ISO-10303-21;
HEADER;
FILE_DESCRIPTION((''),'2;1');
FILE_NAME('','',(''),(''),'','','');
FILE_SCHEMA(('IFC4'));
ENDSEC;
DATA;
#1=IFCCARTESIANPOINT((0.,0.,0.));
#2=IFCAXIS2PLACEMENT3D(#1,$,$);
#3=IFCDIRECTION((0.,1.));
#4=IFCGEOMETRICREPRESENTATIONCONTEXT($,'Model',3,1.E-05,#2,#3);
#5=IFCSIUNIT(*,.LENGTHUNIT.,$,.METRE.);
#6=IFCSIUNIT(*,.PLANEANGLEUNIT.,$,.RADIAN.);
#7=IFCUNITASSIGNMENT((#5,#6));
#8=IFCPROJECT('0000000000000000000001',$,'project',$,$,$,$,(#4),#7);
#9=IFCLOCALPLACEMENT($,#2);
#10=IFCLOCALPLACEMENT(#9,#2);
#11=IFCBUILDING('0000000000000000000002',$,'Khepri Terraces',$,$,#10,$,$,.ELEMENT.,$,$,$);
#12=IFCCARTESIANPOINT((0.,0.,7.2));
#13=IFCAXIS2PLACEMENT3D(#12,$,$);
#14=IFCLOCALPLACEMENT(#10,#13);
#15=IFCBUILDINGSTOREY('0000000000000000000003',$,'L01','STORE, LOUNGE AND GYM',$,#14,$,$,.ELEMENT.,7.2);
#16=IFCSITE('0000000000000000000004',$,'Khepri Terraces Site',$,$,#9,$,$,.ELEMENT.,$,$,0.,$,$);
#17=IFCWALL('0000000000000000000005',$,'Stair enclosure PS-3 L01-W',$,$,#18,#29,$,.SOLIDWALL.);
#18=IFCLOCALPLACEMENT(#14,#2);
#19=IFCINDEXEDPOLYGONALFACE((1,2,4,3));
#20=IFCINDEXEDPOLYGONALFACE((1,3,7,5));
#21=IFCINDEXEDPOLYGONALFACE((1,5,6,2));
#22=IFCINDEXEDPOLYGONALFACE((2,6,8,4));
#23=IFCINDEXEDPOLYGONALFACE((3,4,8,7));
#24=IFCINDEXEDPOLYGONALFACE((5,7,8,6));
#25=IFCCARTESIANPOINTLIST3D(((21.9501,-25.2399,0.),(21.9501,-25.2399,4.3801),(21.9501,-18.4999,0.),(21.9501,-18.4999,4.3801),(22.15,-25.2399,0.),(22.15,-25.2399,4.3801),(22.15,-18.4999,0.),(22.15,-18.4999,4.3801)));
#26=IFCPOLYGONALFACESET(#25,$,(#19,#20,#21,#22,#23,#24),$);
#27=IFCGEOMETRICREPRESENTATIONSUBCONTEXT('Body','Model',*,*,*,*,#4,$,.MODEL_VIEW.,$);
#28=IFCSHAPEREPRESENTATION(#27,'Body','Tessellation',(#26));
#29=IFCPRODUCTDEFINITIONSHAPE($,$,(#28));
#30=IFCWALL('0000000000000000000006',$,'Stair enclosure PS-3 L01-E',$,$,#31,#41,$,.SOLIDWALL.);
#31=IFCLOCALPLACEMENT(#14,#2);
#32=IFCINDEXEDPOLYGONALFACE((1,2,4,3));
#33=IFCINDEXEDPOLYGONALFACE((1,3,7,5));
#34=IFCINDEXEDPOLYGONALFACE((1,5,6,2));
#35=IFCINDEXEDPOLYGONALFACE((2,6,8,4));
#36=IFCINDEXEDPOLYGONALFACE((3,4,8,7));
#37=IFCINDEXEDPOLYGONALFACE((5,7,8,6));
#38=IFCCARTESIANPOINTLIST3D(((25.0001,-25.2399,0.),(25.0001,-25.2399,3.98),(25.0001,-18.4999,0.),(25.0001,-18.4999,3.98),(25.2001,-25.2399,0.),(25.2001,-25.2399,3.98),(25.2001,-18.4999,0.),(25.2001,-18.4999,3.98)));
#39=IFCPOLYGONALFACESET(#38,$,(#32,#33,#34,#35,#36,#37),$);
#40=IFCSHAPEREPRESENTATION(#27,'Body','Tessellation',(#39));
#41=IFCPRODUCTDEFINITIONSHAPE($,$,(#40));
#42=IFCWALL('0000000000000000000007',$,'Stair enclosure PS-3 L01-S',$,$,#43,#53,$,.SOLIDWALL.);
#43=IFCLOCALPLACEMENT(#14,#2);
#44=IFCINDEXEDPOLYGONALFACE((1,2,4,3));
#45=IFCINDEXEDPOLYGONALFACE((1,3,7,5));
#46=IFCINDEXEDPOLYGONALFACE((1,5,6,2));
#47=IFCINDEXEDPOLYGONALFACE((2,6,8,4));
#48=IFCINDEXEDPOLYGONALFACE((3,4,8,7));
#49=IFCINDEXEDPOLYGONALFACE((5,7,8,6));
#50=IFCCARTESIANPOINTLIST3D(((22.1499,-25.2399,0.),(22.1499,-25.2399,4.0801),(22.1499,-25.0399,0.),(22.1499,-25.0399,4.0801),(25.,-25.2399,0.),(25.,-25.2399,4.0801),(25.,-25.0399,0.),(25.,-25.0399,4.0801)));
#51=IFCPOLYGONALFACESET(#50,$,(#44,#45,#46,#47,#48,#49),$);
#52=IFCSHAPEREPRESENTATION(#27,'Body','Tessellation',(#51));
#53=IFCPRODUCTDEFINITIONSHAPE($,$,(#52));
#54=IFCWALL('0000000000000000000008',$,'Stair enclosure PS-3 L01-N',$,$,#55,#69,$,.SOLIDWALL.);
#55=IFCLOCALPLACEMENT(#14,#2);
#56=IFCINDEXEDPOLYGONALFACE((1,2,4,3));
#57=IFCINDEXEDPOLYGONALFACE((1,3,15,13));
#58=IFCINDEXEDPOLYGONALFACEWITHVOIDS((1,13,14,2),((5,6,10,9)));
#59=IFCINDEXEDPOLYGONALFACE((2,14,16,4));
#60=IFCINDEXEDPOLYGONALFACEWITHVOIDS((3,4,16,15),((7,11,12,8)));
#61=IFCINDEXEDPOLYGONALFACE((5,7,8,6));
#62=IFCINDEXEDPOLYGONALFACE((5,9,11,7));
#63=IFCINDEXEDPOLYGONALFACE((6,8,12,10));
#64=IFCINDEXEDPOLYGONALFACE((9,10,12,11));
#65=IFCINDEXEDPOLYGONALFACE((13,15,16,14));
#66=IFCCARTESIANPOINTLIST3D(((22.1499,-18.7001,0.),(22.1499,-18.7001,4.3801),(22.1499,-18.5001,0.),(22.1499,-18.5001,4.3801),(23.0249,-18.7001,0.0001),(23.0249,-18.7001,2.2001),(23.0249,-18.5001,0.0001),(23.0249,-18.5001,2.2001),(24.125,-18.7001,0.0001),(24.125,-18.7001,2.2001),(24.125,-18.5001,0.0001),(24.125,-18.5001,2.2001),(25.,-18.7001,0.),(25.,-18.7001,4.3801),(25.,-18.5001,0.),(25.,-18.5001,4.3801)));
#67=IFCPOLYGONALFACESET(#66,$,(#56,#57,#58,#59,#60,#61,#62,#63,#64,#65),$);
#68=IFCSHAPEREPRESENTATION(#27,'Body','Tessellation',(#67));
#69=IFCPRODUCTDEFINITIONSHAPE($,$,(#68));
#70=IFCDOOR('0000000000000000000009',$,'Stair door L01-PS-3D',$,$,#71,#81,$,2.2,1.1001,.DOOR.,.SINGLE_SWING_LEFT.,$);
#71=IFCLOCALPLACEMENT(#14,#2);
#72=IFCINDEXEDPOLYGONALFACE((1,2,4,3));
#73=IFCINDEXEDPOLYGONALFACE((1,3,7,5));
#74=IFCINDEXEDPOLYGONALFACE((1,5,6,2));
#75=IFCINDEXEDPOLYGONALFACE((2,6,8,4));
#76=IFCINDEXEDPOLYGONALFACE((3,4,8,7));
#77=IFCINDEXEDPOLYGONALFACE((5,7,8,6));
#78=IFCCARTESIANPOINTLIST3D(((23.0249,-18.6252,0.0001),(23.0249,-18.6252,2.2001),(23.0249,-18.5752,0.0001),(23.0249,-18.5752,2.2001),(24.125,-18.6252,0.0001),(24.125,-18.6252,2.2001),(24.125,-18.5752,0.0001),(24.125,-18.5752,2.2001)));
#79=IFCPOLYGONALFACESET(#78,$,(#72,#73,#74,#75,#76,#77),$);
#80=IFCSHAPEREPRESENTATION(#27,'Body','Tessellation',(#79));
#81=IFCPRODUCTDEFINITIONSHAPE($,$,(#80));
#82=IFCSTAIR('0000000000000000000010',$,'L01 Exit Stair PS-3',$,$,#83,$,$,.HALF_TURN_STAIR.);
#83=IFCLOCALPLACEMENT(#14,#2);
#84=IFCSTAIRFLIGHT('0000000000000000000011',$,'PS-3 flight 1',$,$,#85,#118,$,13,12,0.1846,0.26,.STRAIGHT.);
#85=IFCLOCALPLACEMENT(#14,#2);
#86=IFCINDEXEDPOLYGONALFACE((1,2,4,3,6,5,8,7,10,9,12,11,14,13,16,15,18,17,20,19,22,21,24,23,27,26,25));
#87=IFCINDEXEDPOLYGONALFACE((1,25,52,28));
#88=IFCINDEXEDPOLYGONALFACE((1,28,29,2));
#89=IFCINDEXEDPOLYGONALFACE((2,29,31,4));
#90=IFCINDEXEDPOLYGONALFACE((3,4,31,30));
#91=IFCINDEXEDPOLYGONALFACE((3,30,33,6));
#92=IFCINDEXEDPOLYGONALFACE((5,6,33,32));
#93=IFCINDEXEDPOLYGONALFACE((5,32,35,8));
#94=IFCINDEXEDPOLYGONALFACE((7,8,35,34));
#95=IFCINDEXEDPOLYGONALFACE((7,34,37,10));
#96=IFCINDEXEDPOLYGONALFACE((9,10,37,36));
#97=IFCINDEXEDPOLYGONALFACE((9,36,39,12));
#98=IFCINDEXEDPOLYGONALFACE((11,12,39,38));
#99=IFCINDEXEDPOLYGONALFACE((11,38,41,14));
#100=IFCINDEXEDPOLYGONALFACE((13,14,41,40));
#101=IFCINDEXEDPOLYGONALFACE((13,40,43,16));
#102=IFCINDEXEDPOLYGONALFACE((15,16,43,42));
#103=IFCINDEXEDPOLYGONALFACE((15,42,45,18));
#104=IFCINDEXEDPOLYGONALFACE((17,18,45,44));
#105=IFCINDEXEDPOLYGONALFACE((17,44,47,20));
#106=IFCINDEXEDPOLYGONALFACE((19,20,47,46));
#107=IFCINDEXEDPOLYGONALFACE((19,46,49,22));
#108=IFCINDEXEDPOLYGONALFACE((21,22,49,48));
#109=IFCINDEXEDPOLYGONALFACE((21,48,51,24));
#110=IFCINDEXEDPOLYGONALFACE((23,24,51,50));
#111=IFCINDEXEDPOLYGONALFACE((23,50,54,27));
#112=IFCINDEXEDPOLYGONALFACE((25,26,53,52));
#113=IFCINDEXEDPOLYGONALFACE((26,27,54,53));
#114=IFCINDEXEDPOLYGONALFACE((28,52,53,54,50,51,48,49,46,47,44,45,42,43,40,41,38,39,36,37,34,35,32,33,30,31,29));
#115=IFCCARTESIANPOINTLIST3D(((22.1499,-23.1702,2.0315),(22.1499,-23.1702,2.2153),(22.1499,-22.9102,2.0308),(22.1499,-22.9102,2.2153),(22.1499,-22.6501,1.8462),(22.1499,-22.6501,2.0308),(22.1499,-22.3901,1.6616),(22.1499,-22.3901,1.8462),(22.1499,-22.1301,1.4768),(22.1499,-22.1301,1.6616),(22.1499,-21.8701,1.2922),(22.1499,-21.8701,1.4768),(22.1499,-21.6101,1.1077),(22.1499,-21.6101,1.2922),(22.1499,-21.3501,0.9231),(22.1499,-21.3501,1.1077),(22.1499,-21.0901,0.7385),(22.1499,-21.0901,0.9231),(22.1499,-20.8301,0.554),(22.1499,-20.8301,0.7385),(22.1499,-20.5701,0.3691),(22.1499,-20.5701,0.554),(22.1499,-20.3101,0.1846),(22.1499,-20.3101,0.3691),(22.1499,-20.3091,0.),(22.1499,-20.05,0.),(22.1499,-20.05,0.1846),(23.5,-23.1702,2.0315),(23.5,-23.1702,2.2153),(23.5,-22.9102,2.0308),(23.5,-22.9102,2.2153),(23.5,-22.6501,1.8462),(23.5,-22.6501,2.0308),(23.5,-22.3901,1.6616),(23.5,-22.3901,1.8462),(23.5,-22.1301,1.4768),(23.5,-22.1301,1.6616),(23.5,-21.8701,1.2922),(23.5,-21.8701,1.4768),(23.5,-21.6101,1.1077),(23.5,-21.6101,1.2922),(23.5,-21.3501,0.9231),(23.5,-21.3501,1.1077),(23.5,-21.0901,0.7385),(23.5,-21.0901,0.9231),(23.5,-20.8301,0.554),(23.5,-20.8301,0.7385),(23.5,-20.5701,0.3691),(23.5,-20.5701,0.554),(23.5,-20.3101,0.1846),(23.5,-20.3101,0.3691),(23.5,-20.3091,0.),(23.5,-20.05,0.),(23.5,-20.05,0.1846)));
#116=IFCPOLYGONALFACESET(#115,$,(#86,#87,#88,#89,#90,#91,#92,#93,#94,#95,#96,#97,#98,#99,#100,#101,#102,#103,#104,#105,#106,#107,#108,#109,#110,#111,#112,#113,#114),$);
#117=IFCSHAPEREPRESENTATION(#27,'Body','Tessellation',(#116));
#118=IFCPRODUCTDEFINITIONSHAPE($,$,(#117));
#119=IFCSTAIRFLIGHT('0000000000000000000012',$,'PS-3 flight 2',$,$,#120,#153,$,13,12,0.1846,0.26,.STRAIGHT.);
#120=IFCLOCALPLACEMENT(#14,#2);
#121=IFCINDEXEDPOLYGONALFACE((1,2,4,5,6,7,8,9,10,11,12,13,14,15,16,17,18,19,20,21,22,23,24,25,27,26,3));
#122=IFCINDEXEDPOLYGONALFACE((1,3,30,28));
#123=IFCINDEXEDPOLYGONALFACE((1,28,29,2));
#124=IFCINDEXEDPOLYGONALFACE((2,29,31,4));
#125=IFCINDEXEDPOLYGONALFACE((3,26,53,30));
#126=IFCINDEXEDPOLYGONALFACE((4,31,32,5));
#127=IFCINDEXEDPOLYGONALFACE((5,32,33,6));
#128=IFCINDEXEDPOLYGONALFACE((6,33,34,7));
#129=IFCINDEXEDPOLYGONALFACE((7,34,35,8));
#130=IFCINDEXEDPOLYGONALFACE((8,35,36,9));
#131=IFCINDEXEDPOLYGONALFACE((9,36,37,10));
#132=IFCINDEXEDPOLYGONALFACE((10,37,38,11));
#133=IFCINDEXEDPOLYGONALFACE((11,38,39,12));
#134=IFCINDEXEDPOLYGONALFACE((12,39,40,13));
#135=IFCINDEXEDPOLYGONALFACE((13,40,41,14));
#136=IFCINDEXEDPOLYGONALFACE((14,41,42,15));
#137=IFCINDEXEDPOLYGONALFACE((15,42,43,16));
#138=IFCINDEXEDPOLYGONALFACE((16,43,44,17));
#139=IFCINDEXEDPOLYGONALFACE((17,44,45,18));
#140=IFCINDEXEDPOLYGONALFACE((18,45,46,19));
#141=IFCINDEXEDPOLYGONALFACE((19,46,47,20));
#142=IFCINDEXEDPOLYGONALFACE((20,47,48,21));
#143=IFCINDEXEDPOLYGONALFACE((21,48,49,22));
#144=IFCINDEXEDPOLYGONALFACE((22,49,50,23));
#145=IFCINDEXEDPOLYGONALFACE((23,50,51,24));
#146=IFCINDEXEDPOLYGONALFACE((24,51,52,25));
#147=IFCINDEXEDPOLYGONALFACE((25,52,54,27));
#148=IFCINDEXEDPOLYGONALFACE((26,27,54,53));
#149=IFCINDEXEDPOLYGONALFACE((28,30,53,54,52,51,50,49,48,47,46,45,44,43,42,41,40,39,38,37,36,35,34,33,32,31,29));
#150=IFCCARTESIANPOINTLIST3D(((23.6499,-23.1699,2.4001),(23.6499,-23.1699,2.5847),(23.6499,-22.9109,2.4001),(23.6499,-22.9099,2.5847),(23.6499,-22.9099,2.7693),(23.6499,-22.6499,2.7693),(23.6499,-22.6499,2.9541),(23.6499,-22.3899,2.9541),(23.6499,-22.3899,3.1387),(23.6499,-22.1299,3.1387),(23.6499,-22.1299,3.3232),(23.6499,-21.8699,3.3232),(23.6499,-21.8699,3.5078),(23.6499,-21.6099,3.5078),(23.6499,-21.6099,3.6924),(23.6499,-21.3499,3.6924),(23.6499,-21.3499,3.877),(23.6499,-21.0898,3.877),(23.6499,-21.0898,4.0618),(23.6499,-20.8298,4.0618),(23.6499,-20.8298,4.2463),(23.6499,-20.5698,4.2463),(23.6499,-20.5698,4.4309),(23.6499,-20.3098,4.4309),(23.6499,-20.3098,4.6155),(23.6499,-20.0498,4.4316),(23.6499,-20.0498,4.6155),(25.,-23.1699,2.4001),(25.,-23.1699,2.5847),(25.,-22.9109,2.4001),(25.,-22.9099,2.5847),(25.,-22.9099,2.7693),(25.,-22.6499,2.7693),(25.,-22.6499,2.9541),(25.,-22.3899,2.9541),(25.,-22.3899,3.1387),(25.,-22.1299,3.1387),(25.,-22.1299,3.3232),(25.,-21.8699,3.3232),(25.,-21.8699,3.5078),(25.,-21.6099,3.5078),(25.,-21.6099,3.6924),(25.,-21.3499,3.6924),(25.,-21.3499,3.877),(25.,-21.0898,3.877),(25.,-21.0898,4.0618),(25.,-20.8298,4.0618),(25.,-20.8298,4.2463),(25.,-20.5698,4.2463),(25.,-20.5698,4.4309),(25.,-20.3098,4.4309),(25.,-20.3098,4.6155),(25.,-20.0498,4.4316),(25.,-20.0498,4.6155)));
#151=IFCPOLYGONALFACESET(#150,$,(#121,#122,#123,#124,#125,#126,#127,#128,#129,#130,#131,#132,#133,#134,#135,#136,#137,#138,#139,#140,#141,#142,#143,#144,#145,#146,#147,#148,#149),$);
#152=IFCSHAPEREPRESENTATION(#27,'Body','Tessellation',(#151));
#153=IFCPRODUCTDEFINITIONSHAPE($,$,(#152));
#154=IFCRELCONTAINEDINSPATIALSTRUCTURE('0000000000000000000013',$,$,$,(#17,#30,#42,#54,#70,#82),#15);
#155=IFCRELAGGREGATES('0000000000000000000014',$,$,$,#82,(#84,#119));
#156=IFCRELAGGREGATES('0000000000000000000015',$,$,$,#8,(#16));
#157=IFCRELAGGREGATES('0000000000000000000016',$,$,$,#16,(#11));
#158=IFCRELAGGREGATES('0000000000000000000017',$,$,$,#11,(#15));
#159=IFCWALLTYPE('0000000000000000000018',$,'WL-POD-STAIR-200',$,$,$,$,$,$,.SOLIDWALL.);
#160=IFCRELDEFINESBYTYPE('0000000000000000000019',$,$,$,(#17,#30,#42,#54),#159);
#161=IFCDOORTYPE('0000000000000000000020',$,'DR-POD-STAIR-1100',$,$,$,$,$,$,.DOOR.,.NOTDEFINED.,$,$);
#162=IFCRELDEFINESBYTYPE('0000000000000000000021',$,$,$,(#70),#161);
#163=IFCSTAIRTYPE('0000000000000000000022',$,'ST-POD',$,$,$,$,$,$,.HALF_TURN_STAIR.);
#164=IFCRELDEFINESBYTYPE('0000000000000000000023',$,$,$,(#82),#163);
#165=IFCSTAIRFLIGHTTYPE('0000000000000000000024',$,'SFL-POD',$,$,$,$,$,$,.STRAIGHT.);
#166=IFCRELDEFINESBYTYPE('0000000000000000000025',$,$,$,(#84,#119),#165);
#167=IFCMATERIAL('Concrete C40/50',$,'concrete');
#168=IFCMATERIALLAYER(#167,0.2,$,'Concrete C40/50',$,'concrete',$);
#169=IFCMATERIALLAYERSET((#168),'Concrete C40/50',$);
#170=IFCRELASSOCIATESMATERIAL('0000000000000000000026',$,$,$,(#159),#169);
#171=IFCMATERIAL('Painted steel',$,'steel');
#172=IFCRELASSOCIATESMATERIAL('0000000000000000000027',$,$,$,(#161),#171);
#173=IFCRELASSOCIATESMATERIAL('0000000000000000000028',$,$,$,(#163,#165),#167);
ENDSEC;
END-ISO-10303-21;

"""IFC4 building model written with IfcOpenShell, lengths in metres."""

from ifc_helpers import new_model, si_unit, direction, frame, frame_2d, origin, place, context, subcontext, project, spatial, polyline, rectangle, outline, extrude, material, layer, layer_set, type_object, element, fill, aggregate, save


model = new_model("IFC4")

# Units and contexts
model_context = context("Model", 3, precision=1e-05, world=origin(), true_north=direction((0.0, 1.0)))
body_context = subcontext(model_context, "Body", "Model", "MODEL_VIEW")
ifc_project = project(units=[si_unit("LENGTHUNIT", "METRE"), si_unit("PLANEANGLEUNIT", "RADIAN")], contexts=[model_context])

# Site, building, storey
site_placement = place(None, origin())
site = spatial("IfcSite", under=ifc_project, at=site_placement, Name="Khepri Terraces Site", CompositionType="ELEMENT", RefElevation=0.0)
building_placement = place(site_placement, origin())
building = spatial("IfcBuilding", under=site, at=building_placement, Name="Khepri Terraces", CompositionType="ELEMENT")
storey_placement = place(building_placement, frame((0.0, 0.0, 7.2)))
storey = spatial("IfcBuildingStorey", under=building, at=storey_placement, Name="L01", Description="STORE, LOUNGE AND GYM", CompositionType="ELEMENT", Elevation=7.2)

# Walls
ifc_material_1 = material(Name="Concrete C40/50", Category="concrete")
ifc_layer_1 = layer(ifc_material_1, 0.2, Name="Concrete C40/50", Category="concrete")
ifc_layer_set_1 = layer_set([ifc_layer_1], Name="Concrete C40/50")
wall_type_1 = type_object("IfcWallType", Name="WL-POD-STAIR-200", PredefinedType="SOLIDWALL", material=ifc_layer_set_1)
wall_1_placement = place(storey_placement, frame((22.05, -25.24, 0.0), z_axis=(0.0, 0.0, 1.0), x_axis=(0.0, 1.0, 0.0)))
element("IfcWall", 1, at=wall_1_placement, inside=storey, type_object=wall_type_1, Name="Stair enclosure PS-3 L01-W", PredefinedType="SOLIDWALL", context=body_context, shape_type="SweptSolid", body=[
    extrude(rectangle(XDim=6.74, YDim=0.2, at=frame_2d((3.3701, 0.0))), origin(), (0.0, 0.0, 1.0), 4.3801),
])
wall_2_placement = place(storey_placement, frame((25.1001, -25.24, 0.0), z_axis=(0.0, 0.0, 1.0), x_axis=(0.0, 1.0, 0.0)))
element("IfcWall", 2, at=wall_2_placement, inside=storey, type_object=wall_type_1, Name="Stair enclosure PS-3 L01-E", PredefinedType="SOLIDWALL", context=body_context, shape_type="SweptSolid", body=[
    extrude(rectangle(XDim=6.74, YDim=0.2, at=frame_2d((3.3701, 0.0))), origin(), (0.0, 0.0, 1.0), 3.98),
])
wall_3_placement = place(storey_placement, frame((22.1499, -25.1399, 0.0), z_axis=(0.0, 0.0, 1.0), x_axis=(1.0, 0.0, 0.0)))
element("IfcWall", 3, at=wall_3_placement, inside=storey, type_object=wall_type_1, Name="Stair enclosure PS-3 L01-S", PredefinedType="SOLIDWALL", context=body_context, shape_type="SweptSolid", body=[
    extrude(rectangle(XDim=2.8501, YDim=0.2, at=frame_2d((1.425, 0.0))), origin(), (0.0, 0.0, 1.0), 4.0801),
])

# Wall, opening, door
wall_4_placement = place(storey_placement, frame((22.1499, -18.6001, 0.0), z_axis=(0.0, 0.0, 1.0), x_axis=(1.0, 0.0, 0.0)))
wall_4 = element("IfcWall", 4, at=wall_4_placement, inside=storey, type_object=wall_type_1, Name="Stair enclosure PS-3 L01-N", PredefinedType="SOLIDWALL", context=body_context, shape_type="SweptSolid", body=[
    extrude(rectangle(XDim=2.8501, YDim=0.2, at=frame_2d((1.425, 0.0))), origin(), (0.0, 0.0, 1.0), 4.3801),
])
opening_placement = place(wall_4_placement, frame((0.875, 0.0, 0.0)))
opening = element("IfcOpeningElement", 5, at=opening_placement, cuts=wall_4, PredefinedType="OPENING", context=body_context, shape_type="SweptSolid", body=[
    extrude(rectangle(XDim=1.1001, YDim=2.2, at=frame_2d((0.55, 1.1001))), frame((0.0, 0.1099, 0.0), z_axis=(0.0, -1.0, 0.0), x_axis=(1.0, 0.0, 0.0)), (0.0, 0.0, 1.0), 0.22),
])
ifc_material_2 = material(Name="Painted steel", Category="steel")
door_type = type_object("IfcDoorType", Name="DR-POD-STAIR-1100", OperationType="NOTDEFINED", PredefinedType="DOOR", material=ifc_material_2)
door_placement = place(opening_placement, origin())
door = element("IfcDoor", 6, at=door_placement, inside=storey, type_object=door_type, Name="Stair door L01-PS-3D", OperationType="SINGLE_SWING_LEFT", OverallHeight=2.2, OverallWidth=1.1001, PredefinedType="DOOR", context=body_context, shape_type="SweptSolid", body=[
    extrude(rectangle(XDim=1.1001, YDim=2.2, at=frame_2d((0.55, 1.1001))), frame((0.0, 0.0249, 0.0), z_axis=(0.0, -1.0, 0.0), x_axis=(1.0, 0.0, 0.0)), (0.0, 0.0, 1.0), 0.05),
])
fill(opening, door)

# Stair, stair flights
stair_type = type_object("IfcStairType", Name="ST-POD", PredefinedType="HALF_TURN_STAIR", material=ifc_material_1)
stair_placement = place(storey_placement, origin())
stair = element("IfcStair", 7, at=stair_placement, inside=storey, type_object=stair_type, Name="L01 Exit Stair PS-3", PredefinedType="HALF_TURN_STAIR")
stair_flight_type = type_object("IfcStairFlightType", Name="SFL-POD", PredefinedType="STRAIGHT", material=ifc_material_1)
stair_flight_1_placement = place(storey_placement, frame((22.825, -20.05, 0.0), z_axis=(0.0, 0.0, 1.0), x_axis=(0.0, -1.0, 0.0)))
stair_flight_1 = element("IfcStairFlight", 8, at=stair_flight_1_placement, type_object=stair_flight_type, Name="PS-3 flight 1", NumberOfRisers=13, NumberOfTreads=12, PredefinedType="STRAIGHT", RiserHeight=0.1846, TreadLength=0.26, context=body_context, shape_type="SweptSolid", body=[
    extrude(outline(polyline([(0.0, 0.0), (0.0, 0.1846), (0.26, 0.1846), (0.26, 0.3691), (0.52, 0.3691), (0.52, 0.554), (0.78, 0.554), (0.78, 0.7385), (1.04, 0.7385), (1.04, 0.9231), (1.3, 0.9231), (1.3, 1.1077), (1.5601, 1.1077), (1.5601, 1.2922), (1.8201, 1.2922), (1.8201, 1.4768), (2.0801, 1.4768), (2.0801, 1.6616), (2.3401, 1.6616), (2.3401, 1.8462), (2.6001, 1.8462), (2.6001, 2.0308), (2.8601, 2.0308), (2.8601, 2.2153), (3.1201, 2.2153), (3.1201, 2.3999), (3.1201, 2.0315), (0.259, 0.0), (0.0, 0.0)])), frame((0.0, 0.675, 0.0), z_axis=(0.0, -1.0, 0.0), x_axis=(1.0, 0.0, 0.0)), (0.0, 0.0, 1.0), 1.3501),
])
stair_flight_2_placement = place(storey_placement, frame((24.325, -23.1699, 2.4001), z_axis=(0.0, 0.0, 1.0), x_axis=(0.0, 1.0, 0.0)))
stair_flight_2 = element("IfcStairFlight", 9, at=stair_flight_2_placement, type_object=stair_flight_type, Name="PS-3 flight 2", NumberOfRisers=13, NumberOfTreads=12, PredefinedType="STRAIGHT", RiserHeight=0.1846, TreadLength=0.26, context=body_context, shape_type="SweptSolid", body=[
    extrude(outline(polyline([(0.0, 0.0), (0.0, 0.1846), (0.26, 0.1846), (0.26, 0.3691), (0.52, 0.3691), (0.52, 0.554), (0.78, 0.554), (0.78, 0.7385), (1.04, 0.7385), (1.04, 0.9231), (1.3, 0.9231), (1.3, 1.1077), (1.5601, 1.1077), (1.5601, 1.2922), (1.8201, 1.2922), (1.8201, 1.4768), (2.0801, 1.4768), (2.0801, 1.6616), (2.3401, 1.6616), (2.3401, 1.8462), (2.6001, 1.8462), (2.6001, 2.0308), (2.8601, 2.0308), (2.8601, 2.2153), (3.1201, 2.2153), (3.1201, 2.3999), (3.1201, 2.0315), (0.259, 0.0), (0.0, 0.0)])), frame((0.0, 0.675, 0.0), z_axis=(0.0, -1.0, 0.0), x_axis=(1.0, 0.0, 0.0)), (0.0, 0.0, 1.0), 1.3501),
])
aggregate(stair, [stair_flight_1, stair_flight_2])

save(model, "model.ifc")
